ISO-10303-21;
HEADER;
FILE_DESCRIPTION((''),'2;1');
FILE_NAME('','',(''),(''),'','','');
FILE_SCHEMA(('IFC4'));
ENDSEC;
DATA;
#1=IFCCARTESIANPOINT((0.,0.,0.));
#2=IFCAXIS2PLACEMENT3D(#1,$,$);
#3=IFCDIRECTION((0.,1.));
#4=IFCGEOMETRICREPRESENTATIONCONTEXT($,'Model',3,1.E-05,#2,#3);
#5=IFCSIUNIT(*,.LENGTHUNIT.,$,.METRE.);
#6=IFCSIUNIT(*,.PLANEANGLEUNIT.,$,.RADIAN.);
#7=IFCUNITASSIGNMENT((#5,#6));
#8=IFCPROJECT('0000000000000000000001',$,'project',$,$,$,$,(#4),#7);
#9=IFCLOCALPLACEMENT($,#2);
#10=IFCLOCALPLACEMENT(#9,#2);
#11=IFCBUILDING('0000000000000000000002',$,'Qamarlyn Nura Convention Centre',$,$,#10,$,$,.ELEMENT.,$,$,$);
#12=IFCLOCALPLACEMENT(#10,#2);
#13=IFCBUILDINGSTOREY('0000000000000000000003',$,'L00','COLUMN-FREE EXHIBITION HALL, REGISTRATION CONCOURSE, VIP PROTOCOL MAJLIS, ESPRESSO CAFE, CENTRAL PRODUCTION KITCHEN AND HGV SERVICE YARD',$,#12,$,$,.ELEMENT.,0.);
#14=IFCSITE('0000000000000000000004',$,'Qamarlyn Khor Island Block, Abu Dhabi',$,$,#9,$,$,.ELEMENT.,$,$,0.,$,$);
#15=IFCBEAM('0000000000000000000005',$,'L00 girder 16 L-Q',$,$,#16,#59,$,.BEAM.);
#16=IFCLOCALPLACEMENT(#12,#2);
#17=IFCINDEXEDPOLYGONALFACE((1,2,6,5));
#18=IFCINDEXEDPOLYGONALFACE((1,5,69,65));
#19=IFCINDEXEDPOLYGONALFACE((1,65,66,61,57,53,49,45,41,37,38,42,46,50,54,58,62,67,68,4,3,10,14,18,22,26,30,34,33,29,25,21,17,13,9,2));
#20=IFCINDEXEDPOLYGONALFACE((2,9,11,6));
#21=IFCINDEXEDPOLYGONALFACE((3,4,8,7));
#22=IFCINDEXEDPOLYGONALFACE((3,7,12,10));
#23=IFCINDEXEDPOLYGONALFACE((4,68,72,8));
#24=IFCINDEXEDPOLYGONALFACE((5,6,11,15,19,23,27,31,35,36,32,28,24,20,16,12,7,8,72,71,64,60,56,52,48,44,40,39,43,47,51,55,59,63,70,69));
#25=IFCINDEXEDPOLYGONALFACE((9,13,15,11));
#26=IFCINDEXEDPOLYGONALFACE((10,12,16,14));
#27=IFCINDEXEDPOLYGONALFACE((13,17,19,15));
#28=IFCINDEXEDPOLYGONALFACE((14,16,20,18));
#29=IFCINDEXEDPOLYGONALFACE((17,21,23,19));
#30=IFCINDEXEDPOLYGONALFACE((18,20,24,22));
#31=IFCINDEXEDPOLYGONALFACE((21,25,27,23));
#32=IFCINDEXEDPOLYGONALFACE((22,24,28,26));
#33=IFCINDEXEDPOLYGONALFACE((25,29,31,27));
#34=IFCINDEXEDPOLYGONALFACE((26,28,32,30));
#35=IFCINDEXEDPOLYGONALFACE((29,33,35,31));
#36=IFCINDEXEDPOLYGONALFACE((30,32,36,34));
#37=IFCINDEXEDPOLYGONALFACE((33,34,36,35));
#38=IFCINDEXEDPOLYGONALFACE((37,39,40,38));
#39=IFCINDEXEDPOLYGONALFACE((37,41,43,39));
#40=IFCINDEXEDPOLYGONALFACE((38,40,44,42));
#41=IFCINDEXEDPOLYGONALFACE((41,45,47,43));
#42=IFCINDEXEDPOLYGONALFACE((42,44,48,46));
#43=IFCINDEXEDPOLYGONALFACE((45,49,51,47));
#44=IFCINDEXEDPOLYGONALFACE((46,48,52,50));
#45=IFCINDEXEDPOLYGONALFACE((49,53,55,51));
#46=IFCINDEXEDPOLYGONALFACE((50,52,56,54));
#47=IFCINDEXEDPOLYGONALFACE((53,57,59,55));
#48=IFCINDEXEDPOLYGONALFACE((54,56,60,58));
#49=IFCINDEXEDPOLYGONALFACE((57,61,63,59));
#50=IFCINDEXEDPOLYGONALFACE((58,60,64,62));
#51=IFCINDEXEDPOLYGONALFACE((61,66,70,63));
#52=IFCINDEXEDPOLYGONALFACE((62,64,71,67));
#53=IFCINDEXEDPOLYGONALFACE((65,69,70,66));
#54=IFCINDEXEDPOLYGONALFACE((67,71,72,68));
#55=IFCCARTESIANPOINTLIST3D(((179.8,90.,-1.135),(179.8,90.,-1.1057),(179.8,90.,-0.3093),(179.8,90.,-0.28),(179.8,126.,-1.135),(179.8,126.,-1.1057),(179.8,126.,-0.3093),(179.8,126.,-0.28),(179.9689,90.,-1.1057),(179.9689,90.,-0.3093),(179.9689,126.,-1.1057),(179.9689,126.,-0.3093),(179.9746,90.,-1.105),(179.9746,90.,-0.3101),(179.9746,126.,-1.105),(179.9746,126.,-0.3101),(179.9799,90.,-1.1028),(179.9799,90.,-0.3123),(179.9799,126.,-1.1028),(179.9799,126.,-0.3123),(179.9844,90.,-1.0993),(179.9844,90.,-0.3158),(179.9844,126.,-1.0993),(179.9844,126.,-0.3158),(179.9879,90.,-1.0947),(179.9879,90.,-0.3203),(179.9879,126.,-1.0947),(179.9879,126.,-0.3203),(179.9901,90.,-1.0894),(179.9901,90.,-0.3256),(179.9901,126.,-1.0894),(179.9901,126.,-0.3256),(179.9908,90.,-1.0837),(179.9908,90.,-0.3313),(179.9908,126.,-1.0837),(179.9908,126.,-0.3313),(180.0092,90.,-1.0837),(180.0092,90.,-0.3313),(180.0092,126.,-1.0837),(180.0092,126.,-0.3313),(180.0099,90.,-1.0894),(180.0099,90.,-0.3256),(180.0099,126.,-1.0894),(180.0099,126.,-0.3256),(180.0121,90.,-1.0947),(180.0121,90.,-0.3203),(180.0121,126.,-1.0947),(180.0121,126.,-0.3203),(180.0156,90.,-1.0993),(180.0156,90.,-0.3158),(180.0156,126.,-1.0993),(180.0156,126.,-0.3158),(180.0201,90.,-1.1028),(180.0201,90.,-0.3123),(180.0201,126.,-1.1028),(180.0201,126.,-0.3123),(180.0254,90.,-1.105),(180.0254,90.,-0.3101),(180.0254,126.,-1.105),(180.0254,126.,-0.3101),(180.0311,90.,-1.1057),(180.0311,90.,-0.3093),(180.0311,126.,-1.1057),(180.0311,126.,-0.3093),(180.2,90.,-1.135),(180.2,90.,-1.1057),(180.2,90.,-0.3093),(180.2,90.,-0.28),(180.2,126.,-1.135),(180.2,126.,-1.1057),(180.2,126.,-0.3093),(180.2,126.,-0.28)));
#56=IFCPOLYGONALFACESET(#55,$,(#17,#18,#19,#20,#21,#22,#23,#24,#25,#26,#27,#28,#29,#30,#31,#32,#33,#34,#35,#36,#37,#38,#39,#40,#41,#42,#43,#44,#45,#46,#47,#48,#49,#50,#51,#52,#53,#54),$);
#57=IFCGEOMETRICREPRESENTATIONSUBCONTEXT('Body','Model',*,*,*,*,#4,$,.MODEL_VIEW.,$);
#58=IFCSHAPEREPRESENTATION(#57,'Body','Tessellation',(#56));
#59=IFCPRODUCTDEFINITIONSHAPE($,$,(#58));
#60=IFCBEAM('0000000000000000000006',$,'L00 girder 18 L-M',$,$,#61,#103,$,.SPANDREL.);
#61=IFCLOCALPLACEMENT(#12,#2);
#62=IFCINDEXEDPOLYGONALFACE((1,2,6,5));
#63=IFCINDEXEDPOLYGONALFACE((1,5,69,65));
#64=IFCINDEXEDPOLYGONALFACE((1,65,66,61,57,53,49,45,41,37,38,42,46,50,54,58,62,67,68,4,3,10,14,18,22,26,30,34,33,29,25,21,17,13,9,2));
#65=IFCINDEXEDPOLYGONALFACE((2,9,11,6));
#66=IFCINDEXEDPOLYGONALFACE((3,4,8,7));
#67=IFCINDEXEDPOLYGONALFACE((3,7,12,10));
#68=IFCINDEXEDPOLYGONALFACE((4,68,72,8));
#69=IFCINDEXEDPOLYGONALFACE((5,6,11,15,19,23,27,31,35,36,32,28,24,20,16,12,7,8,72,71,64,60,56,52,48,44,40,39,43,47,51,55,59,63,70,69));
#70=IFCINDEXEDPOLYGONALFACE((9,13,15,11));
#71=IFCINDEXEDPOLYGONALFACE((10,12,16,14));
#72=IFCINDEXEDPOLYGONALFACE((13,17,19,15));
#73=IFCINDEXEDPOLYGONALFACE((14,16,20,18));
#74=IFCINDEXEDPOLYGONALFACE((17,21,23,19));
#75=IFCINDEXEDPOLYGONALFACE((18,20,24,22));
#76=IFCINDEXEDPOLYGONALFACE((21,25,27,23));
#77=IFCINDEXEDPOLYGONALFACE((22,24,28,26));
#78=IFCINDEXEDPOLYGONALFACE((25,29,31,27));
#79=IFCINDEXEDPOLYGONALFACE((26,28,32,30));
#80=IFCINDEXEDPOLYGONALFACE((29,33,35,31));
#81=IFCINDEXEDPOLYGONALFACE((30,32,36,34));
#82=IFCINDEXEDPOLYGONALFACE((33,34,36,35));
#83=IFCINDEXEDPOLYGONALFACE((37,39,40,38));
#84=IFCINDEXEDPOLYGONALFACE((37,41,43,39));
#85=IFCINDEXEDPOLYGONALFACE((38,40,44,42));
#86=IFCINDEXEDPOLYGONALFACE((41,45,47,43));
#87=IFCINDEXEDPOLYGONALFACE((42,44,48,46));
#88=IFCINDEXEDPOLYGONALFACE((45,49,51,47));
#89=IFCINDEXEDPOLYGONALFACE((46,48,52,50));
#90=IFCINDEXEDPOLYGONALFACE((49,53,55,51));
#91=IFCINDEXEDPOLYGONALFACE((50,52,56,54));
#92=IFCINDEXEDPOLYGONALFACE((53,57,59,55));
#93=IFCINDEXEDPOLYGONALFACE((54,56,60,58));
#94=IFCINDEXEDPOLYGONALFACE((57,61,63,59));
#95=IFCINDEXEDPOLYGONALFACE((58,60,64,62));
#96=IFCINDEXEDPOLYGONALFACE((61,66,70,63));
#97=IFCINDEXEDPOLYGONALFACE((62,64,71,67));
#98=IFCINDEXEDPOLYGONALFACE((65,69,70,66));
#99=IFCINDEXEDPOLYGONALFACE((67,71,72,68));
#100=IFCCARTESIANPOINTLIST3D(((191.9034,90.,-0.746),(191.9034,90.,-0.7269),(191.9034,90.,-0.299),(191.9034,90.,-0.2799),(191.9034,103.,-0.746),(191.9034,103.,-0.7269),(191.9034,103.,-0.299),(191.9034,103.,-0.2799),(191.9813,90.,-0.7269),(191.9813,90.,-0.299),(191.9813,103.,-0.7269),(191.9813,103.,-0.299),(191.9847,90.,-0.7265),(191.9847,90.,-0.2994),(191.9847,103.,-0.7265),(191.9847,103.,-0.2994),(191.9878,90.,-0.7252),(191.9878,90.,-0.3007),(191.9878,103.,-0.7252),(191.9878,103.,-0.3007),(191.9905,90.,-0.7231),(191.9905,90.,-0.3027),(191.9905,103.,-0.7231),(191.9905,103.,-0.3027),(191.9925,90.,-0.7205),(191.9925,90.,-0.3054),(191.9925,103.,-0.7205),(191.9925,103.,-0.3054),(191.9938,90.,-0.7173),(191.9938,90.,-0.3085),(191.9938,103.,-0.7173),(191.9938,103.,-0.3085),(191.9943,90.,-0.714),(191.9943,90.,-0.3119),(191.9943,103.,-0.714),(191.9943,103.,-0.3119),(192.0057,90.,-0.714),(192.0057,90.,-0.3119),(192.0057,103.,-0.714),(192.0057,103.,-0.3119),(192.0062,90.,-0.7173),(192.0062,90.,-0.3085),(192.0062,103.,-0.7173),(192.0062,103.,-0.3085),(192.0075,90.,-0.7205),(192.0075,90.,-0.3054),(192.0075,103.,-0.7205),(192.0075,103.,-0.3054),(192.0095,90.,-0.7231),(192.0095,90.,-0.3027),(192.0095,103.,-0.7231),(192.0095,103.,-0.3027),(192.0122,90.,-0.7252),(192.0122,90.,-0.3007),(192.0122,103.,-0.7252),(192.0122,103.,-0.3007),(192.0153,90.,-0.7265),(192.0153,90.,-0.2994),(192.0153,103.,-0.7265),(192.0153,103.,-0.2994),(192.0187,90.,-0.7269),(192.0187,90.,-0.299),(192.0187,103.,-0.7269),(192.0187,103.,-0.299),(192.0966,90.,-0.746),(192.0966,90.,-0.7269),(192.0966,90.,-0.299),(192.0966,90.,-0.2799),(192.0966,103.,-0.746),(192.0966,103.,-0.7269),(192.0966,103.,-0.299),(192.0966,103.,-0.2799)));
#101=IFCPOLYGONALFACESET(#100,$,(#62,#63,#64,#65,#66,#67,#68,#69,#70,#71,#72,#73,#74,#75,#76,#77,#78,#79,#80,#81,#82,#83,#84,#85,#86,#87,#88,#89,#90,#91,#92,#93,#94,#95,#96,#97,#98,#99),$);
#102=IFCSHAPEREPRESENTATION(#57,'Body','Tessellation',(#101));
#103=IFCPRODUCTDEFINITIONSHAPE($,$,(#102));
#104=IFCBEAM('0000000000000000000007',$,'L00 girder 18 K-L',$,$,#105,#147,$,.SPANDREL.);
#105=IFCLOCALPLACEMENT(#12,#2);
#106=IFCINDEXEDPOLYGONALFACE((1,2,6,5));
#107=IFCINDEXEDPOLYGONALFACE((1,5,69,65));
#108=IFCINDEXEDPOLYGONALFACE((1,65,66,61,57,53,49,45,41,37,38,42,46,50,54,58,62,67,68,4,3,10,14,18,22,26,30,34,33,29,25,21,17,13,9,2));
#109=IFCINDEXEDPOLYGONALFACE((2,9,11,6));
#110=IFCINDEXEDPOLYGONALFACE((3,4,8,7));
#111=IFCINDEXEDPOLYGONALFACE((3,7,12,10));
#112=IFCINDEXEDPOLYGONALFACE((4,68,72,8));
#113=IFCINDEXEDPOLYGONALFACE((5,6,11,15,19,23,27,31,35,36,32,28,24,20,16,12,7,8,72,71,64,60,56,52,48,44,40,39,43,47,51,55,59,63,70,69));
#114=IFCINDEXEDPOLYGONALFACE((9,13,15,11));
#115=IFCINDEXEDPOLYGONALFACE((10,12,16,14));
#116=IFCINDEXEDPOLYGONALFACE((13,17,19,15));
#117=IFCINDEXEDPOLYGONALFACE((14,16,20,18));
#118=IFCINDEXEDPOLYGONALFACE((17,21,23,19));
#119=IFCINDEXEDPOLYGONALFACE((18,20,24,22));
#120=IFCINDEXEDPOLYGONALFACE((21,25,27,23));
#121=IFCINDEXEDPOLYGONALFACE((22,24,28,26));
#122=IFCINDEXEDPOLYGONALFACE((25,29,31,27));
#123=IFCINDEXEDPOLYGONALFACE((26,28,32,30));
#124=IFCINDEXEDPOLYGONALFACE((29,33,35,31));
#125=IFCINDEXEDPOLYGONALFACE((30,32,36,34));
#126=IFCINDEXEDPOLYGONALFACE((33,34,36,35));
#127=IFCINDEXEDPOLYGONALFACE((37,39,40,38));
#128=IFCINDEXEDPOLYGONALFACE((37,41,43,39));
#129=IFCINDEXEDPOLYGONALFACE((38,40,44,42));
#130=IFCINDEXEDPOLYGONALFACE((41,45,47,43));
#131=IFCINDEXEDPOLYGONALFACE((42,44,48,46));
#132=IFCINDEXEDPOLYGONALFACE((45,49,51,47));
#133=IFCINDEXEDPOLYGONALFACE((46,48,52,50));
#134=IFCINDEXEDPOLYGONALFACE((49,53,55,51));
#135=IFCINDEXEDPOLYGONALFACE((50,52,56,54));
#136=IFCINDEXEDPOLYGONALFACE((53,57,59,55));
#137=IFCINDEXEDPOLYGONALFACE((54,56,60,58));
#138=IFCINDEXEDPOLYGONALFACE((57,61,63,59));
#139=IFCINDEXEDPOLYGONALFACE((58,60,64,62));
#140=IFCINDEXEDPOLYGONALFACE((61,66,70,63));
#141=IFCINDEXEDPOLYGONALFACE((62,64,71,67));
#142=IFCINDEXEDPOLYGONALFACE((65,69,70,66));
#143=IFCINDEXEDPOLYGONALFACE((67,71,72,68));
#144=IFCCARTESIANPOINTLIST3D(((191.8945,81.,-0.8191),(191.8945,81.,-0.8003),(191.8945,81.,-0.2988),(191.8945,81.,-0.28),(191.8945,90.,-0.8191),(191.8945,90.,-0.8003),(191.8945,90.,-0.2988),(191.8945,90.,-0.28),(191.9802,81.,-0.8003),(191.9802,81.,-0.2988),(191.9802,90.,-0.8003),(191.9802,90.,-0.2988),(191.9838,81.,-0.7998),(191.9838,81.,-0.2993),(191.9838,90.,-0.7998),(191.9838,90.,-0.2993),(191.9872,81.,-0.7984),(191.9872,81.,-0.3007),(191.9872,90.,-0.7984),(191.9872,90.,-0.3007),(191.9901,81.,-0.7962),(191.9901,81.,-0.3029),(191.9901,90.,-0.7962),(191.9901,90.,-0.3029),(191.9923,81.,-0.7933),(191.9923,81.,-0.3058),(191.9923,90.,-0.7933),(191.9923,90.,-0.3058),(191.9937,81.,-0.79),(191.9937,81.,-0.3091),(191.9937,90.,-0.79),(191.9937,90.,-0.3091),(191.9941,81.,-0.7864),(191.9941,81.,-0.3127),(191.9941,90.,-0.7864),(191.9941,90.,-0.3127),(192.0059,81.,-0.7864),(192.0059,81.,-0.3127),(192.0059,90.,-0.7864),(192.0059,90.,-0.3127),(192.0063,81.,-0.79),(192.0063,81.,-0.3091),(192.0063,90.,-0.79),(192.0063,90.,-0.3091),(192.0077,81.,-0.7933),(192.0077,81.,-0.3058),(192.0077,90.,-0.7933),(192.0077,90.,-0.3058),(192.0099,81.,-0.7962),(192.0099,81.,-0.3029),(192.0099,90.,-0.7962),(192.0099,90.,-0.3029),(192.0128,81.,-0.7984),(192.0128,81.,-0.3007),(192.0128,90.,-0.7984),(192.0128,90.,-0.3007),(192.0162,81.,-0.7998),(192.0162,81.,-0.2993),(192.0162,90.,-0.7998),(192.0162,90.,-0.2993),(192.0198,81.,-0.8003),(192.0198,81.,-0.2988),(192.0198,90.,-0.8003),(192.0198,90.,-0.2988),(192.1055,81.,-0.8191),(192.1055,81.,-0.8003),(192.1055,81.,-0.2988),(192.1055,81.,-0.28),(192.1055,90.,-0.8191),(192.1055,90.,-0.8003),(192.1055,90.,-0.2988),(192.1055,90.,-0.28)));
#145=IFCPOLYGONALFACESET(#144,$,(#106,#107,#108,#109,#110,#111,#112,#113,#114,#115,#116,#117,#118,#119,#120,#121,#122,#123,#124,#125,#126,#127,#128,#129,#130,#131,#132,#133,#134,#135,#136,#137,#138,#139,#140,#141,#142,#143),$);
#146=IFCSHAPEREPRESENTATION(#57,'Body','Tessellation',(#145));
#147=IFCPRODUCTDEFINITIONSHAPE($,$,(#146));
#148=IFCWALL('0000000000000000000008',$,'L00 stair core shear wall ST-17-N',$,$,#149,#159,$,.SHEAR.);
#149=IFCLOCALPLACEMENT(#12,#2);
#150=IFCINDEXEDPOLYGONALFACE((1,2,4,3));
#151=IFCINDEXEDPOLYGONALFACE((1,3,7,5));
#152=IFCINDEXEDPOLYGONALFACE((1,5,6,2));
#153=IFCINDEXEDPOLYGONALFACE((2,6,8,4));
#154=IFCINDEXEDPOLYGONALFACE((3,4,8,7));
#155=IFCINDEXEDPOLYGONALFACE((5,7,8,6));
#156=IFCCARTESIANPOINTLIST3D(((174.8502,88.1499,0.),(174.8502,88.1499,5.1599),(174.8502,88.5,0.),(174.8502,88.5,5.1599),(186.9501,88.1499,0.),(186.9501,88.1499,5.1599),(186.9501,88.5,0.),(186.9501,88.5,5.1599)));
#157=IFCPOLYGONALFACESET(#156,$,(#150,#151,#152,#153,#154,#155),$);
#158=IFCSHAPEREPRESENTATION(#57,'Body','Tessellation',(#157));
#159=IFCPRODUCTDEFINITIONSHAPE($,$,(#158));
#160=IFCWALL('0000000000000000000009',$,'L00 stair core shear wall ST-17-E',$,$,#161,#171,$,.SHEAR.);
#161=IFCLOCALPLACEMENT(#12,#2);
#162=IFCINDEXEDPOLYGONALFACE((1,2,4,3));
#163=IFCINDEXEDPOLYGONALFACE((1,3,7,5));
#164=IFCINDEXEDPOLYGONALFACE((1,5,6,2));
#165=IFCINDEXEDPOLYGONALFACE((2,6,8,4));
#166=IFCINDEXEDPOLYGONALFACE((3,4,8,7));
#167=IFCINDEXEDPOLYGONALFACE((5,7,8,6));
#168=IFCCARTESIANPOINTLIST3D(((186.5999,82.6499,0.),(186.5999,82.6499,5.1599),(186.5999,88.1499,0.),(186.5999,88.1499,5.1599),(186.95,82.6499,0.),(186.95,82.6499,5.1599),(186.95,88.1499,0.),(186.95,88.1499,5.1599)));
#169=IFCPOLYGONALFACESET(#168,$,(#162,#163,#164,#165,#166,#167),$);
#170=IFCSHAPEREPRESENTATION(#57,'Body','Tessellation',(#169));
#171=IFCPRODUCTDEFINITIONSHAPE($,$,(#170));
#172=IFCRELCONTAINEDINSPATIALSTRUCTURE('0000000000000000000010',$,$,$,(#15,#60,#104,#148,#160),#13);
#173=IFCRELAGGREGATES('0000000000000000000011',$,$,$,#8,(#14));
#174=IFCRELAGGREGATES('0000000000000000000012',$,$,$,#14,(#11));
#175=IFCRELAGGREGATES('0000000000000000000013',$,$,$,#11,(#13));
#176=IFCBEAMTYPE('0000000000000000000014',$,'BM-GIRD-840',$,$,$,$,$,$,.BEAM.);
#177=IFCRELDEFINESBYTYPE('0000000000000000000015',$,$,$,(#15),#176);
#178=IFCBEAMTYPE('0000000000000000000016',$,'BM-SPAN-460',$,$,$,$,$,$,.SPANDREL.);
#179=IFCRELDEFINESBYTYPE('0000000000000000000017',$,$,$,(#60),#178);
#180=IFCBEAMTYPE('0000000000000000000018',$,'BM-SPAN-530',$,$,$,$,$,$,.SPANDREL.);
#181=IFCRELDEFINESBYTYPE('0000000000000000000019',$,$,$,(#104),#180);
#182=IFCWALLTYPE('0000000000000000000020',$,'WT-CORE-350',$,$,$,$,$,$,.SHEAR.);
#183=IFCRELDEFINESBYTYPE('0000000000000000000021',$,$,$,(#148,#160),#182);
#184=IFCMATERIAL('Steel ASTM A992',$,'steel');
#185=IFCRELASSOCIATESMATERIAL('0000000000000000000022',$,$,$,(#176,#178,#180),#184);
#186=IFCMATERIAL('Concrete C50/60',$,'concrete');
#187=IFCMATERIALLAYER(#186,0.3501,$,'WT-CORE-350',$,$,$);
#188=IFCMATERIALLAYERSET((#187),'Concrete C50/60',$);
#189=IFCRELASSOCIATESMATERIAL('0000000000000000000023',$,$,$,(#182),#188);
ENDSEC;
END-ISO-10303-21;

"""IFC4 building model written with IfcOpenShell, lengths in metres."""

from ifc_helpers import new_model, si_unit, direction, frame, frame_2d, origin, origin_2d, place, context, subcontext, project, spatial, rectangle, i_section, extrude, material, layer, layer_set, material_profile, profile_set, type_object, element, save


model = new_model("IFC4")

# Units and contexts
model_context = context("Model", 3, precision=1e-05, world=origin(), true_north=direction((0.0, 1.0)))
body_context = subcontext(model_context, "Body", "Model", "MODEL_VIEW")
ifc_project = project(units=[si_unit("LENGTHUNIT", "METRE"), si_unit("PLANEANGLEUNIT", "RADIAN")], contexts=[model_context])

# Site, building, storey
site_placement = place(None, origin())
site = spatial("IfcSite", under=ifc_project, at=site_placement, Name="Qamarlyn Khor Island Block, Abu Dhabi", CompositionType="ELEMENT", RefElevation=0.0)
building_placement = place(site_placement, origin())
building = spatial("IfcBuilding", under=site, at=building_placement, Name="Qamarlyn Nura Convention Centre", CompositionType="ELEMENT")
storey_placement = place(building_placement, origin())
storey = spatial("IfcBuildingStorey", under=building, at=storey_placement, Name="L00", Description="COLUMN-FREE EXHIBITION HALL, REGISTRATION CONCOURSE, VIP PROTOCOL MAJLIS, ESPRESSO CAFE, CENTRAL PRODUCTION KITCHEN AND HGV SERVICE YARD", CompositionType="ELEMENT", Elevation=0.0)

# Shared definitions
ifc_material_1 = material(Name="Concrete C50/60", Category="concrete")
ifc_material_2 = material(Name="Steel ASTM A992", Category="steel")

# Beams
ifc_material_profile_1 = material_profile(ifc_material_2, i_section(OverallWidth=0.3999, OverallDepth=0.855, WebThickness=0.0183, FlangeThickness=0.0293, FilletRadius=0.022, at=origin_2d()), Name="W840X299")
ifc_profile_set_1 = profile_set([ifc_material_profile_1], Name="Steel ASTM A992")
beam_type_1 = type_object("IfcBeamType", Name="BM-GIRD-840", PredefinedType="BEAM", material=ifc_profile_set_1)
beam_1_placement = place(storey_placement, frame((180.0, 90.0, -0.7075), z_axis=(0.0, 1.0, 0.0), x_axis=(-1.0, 0.0, 0.0)))
element("IfcBeam", 1, at=beam_1_placement, inside=storey, type_object=beam_type_1, Name="L00 girder 16 L-Q", PredefinedType="BEAM", context=body_context, shape_type="SweptSolid", body=[
    extrude(i_section(OverallWidth=0.3999, OverallDepth=0.855, WebThickness=0.0183, FlangeThickness=0.0293, FilletRadius=0.022, at=origin_2d()), origin(), (0.0, 0.0, 1.0), 36.0),
])
ifc_material_profile_2 = material_profile(ifc_material_2, i_section(OverallWidth=0.1931, OverallDepth=0.4661, WebThickness=0.0115, FlangeThickness=0.019, FilletRadius=0.0129, at=origin_2d()), Name="W460X97")
ifc_profile_set_2 = profile_set([ifc_material_profile_2], Name="Steel ASTM A992")
beam_type_2 = type_object("IfcBeamType", Name="BM-SPAN-460", PredefinedType="SPANDREL", material=ifc_profile_set_2)
beam_2_placement = place(storey_placement, frame((192.0, 90.0, -0.5129), z_axis=(0.0, 1.0, 0.0), x_axis=(-1.0, 0.0, 0.0)))
element("IfcBeam", 2, at=beam_2_placement, inside=storey, type_object=beam_type_2, Name="L00 girder 18 L-M", PredefinedType="SPANDREL", context=body_context, shape_type="SweptSolid", body=[
    extrude(i_section(OverallWidth=0.1931, OverallDepth=0.4661, WebThickness=0.0115, FlangeThickness=0.019, FilletRadius=0.0129, at=origin_2d()), origin(), (0.0, 0.0, 1.0), 13.0),
])
ifc_material_profile_3 = material_profile(ifc_material_2, i_section(OverallWidth=0.2109, OverallDepth=0.5391, WebThickness=0.0117, FlangeThickness=0.0188, FilletRadius=0.0139, at=origin_2d()), Name="W530X109")
ifc_profile_set_3 = profile_set([ifc_material_profile_3], Name="Steel ASTM A992")
beam_type_3 = type_object("IfcBeamType", Name="BM-SPAN-530", PredefinedType="SPANDREL", material=ifc_profile_set_3)
beam_3_placement = place(storey_placement, frame((192.0, 81.0, -0.5496), z_axis=(0.0, 1.0, 0.0), x_axis=(-1.0, 0.0, 0.0)))
element("IfcBeam", 3, at=beam_3_placement, inside=storey, type_object=beam_type_3, Name="L00 girder 18 K-L", PredefinedType="SPANDREL", context=body_context, shape_type="SweptSolid", body=[
    extrude(i_section(OverallWidth=0.2109, OverallDepth=0.5391, WebThickness=0.0117, FlangeThickness=0.0188, FilletRadius=0.0139, at=origin_2d()), origin(), (0.0, 0.0, 1.0), 9.0),
])

# Walls
ifc_layer_1 = layer(ifc_material_1, 0.3501, Name="WT-CORE-350")
ifc_layer_set_1 = layer_set([ifc_layer_1], Name="Concrete C50/60")
wall_type_1 = type_object("IfcWallType", Name="WT-CORE-350", PredefinedType="SHEAR", material=ifc_layer_set_1)
wall_1_placement = place(storey_placement, frame((186.95, 88.325, 0.0), z_axis=(0.0, 0.0, 1.0), x_axis=(-1.0, 0.0, 0.0)))
element("IfcWall", 4, at=wall_1_placement, inside=storey, type_object=wall_type_1, Name="L00 stair core shear wall ST-17-N", PredefinedType="SHEAR", context=body_context, shape_type="SweptSolid", body=[
    extrude(rectangle(XDim=12.0999, YDim=0.3501, at=frame_2d((6.0498, 0.0))), origin(), (0.0, 0.0, 1.0), 5.1599),
])
wall_2_placement = place(storey_placement, frame((186.7749, 82.6499, 0.0), z_axis=(0.0, 0.0, 1.0), x_axis=(0.0, 1.0, 0.0)))
element("IfcWall", 5, at=wall_2_placement, inside=storey, type_object=wall_type_1, Name="L00 stair core shear wall ST-17-E", PredefinedType="SHEAR", context=body_context, shape_type="SweptSolid", body=[
    extrude(rectangle(XDim=5.5, YDim=0.3501, at=frame_2d((2.75, 0.0))), origin(), (0.0, 0.0, 1.0), 5.1599),
])

save(model, "model.ifc")
